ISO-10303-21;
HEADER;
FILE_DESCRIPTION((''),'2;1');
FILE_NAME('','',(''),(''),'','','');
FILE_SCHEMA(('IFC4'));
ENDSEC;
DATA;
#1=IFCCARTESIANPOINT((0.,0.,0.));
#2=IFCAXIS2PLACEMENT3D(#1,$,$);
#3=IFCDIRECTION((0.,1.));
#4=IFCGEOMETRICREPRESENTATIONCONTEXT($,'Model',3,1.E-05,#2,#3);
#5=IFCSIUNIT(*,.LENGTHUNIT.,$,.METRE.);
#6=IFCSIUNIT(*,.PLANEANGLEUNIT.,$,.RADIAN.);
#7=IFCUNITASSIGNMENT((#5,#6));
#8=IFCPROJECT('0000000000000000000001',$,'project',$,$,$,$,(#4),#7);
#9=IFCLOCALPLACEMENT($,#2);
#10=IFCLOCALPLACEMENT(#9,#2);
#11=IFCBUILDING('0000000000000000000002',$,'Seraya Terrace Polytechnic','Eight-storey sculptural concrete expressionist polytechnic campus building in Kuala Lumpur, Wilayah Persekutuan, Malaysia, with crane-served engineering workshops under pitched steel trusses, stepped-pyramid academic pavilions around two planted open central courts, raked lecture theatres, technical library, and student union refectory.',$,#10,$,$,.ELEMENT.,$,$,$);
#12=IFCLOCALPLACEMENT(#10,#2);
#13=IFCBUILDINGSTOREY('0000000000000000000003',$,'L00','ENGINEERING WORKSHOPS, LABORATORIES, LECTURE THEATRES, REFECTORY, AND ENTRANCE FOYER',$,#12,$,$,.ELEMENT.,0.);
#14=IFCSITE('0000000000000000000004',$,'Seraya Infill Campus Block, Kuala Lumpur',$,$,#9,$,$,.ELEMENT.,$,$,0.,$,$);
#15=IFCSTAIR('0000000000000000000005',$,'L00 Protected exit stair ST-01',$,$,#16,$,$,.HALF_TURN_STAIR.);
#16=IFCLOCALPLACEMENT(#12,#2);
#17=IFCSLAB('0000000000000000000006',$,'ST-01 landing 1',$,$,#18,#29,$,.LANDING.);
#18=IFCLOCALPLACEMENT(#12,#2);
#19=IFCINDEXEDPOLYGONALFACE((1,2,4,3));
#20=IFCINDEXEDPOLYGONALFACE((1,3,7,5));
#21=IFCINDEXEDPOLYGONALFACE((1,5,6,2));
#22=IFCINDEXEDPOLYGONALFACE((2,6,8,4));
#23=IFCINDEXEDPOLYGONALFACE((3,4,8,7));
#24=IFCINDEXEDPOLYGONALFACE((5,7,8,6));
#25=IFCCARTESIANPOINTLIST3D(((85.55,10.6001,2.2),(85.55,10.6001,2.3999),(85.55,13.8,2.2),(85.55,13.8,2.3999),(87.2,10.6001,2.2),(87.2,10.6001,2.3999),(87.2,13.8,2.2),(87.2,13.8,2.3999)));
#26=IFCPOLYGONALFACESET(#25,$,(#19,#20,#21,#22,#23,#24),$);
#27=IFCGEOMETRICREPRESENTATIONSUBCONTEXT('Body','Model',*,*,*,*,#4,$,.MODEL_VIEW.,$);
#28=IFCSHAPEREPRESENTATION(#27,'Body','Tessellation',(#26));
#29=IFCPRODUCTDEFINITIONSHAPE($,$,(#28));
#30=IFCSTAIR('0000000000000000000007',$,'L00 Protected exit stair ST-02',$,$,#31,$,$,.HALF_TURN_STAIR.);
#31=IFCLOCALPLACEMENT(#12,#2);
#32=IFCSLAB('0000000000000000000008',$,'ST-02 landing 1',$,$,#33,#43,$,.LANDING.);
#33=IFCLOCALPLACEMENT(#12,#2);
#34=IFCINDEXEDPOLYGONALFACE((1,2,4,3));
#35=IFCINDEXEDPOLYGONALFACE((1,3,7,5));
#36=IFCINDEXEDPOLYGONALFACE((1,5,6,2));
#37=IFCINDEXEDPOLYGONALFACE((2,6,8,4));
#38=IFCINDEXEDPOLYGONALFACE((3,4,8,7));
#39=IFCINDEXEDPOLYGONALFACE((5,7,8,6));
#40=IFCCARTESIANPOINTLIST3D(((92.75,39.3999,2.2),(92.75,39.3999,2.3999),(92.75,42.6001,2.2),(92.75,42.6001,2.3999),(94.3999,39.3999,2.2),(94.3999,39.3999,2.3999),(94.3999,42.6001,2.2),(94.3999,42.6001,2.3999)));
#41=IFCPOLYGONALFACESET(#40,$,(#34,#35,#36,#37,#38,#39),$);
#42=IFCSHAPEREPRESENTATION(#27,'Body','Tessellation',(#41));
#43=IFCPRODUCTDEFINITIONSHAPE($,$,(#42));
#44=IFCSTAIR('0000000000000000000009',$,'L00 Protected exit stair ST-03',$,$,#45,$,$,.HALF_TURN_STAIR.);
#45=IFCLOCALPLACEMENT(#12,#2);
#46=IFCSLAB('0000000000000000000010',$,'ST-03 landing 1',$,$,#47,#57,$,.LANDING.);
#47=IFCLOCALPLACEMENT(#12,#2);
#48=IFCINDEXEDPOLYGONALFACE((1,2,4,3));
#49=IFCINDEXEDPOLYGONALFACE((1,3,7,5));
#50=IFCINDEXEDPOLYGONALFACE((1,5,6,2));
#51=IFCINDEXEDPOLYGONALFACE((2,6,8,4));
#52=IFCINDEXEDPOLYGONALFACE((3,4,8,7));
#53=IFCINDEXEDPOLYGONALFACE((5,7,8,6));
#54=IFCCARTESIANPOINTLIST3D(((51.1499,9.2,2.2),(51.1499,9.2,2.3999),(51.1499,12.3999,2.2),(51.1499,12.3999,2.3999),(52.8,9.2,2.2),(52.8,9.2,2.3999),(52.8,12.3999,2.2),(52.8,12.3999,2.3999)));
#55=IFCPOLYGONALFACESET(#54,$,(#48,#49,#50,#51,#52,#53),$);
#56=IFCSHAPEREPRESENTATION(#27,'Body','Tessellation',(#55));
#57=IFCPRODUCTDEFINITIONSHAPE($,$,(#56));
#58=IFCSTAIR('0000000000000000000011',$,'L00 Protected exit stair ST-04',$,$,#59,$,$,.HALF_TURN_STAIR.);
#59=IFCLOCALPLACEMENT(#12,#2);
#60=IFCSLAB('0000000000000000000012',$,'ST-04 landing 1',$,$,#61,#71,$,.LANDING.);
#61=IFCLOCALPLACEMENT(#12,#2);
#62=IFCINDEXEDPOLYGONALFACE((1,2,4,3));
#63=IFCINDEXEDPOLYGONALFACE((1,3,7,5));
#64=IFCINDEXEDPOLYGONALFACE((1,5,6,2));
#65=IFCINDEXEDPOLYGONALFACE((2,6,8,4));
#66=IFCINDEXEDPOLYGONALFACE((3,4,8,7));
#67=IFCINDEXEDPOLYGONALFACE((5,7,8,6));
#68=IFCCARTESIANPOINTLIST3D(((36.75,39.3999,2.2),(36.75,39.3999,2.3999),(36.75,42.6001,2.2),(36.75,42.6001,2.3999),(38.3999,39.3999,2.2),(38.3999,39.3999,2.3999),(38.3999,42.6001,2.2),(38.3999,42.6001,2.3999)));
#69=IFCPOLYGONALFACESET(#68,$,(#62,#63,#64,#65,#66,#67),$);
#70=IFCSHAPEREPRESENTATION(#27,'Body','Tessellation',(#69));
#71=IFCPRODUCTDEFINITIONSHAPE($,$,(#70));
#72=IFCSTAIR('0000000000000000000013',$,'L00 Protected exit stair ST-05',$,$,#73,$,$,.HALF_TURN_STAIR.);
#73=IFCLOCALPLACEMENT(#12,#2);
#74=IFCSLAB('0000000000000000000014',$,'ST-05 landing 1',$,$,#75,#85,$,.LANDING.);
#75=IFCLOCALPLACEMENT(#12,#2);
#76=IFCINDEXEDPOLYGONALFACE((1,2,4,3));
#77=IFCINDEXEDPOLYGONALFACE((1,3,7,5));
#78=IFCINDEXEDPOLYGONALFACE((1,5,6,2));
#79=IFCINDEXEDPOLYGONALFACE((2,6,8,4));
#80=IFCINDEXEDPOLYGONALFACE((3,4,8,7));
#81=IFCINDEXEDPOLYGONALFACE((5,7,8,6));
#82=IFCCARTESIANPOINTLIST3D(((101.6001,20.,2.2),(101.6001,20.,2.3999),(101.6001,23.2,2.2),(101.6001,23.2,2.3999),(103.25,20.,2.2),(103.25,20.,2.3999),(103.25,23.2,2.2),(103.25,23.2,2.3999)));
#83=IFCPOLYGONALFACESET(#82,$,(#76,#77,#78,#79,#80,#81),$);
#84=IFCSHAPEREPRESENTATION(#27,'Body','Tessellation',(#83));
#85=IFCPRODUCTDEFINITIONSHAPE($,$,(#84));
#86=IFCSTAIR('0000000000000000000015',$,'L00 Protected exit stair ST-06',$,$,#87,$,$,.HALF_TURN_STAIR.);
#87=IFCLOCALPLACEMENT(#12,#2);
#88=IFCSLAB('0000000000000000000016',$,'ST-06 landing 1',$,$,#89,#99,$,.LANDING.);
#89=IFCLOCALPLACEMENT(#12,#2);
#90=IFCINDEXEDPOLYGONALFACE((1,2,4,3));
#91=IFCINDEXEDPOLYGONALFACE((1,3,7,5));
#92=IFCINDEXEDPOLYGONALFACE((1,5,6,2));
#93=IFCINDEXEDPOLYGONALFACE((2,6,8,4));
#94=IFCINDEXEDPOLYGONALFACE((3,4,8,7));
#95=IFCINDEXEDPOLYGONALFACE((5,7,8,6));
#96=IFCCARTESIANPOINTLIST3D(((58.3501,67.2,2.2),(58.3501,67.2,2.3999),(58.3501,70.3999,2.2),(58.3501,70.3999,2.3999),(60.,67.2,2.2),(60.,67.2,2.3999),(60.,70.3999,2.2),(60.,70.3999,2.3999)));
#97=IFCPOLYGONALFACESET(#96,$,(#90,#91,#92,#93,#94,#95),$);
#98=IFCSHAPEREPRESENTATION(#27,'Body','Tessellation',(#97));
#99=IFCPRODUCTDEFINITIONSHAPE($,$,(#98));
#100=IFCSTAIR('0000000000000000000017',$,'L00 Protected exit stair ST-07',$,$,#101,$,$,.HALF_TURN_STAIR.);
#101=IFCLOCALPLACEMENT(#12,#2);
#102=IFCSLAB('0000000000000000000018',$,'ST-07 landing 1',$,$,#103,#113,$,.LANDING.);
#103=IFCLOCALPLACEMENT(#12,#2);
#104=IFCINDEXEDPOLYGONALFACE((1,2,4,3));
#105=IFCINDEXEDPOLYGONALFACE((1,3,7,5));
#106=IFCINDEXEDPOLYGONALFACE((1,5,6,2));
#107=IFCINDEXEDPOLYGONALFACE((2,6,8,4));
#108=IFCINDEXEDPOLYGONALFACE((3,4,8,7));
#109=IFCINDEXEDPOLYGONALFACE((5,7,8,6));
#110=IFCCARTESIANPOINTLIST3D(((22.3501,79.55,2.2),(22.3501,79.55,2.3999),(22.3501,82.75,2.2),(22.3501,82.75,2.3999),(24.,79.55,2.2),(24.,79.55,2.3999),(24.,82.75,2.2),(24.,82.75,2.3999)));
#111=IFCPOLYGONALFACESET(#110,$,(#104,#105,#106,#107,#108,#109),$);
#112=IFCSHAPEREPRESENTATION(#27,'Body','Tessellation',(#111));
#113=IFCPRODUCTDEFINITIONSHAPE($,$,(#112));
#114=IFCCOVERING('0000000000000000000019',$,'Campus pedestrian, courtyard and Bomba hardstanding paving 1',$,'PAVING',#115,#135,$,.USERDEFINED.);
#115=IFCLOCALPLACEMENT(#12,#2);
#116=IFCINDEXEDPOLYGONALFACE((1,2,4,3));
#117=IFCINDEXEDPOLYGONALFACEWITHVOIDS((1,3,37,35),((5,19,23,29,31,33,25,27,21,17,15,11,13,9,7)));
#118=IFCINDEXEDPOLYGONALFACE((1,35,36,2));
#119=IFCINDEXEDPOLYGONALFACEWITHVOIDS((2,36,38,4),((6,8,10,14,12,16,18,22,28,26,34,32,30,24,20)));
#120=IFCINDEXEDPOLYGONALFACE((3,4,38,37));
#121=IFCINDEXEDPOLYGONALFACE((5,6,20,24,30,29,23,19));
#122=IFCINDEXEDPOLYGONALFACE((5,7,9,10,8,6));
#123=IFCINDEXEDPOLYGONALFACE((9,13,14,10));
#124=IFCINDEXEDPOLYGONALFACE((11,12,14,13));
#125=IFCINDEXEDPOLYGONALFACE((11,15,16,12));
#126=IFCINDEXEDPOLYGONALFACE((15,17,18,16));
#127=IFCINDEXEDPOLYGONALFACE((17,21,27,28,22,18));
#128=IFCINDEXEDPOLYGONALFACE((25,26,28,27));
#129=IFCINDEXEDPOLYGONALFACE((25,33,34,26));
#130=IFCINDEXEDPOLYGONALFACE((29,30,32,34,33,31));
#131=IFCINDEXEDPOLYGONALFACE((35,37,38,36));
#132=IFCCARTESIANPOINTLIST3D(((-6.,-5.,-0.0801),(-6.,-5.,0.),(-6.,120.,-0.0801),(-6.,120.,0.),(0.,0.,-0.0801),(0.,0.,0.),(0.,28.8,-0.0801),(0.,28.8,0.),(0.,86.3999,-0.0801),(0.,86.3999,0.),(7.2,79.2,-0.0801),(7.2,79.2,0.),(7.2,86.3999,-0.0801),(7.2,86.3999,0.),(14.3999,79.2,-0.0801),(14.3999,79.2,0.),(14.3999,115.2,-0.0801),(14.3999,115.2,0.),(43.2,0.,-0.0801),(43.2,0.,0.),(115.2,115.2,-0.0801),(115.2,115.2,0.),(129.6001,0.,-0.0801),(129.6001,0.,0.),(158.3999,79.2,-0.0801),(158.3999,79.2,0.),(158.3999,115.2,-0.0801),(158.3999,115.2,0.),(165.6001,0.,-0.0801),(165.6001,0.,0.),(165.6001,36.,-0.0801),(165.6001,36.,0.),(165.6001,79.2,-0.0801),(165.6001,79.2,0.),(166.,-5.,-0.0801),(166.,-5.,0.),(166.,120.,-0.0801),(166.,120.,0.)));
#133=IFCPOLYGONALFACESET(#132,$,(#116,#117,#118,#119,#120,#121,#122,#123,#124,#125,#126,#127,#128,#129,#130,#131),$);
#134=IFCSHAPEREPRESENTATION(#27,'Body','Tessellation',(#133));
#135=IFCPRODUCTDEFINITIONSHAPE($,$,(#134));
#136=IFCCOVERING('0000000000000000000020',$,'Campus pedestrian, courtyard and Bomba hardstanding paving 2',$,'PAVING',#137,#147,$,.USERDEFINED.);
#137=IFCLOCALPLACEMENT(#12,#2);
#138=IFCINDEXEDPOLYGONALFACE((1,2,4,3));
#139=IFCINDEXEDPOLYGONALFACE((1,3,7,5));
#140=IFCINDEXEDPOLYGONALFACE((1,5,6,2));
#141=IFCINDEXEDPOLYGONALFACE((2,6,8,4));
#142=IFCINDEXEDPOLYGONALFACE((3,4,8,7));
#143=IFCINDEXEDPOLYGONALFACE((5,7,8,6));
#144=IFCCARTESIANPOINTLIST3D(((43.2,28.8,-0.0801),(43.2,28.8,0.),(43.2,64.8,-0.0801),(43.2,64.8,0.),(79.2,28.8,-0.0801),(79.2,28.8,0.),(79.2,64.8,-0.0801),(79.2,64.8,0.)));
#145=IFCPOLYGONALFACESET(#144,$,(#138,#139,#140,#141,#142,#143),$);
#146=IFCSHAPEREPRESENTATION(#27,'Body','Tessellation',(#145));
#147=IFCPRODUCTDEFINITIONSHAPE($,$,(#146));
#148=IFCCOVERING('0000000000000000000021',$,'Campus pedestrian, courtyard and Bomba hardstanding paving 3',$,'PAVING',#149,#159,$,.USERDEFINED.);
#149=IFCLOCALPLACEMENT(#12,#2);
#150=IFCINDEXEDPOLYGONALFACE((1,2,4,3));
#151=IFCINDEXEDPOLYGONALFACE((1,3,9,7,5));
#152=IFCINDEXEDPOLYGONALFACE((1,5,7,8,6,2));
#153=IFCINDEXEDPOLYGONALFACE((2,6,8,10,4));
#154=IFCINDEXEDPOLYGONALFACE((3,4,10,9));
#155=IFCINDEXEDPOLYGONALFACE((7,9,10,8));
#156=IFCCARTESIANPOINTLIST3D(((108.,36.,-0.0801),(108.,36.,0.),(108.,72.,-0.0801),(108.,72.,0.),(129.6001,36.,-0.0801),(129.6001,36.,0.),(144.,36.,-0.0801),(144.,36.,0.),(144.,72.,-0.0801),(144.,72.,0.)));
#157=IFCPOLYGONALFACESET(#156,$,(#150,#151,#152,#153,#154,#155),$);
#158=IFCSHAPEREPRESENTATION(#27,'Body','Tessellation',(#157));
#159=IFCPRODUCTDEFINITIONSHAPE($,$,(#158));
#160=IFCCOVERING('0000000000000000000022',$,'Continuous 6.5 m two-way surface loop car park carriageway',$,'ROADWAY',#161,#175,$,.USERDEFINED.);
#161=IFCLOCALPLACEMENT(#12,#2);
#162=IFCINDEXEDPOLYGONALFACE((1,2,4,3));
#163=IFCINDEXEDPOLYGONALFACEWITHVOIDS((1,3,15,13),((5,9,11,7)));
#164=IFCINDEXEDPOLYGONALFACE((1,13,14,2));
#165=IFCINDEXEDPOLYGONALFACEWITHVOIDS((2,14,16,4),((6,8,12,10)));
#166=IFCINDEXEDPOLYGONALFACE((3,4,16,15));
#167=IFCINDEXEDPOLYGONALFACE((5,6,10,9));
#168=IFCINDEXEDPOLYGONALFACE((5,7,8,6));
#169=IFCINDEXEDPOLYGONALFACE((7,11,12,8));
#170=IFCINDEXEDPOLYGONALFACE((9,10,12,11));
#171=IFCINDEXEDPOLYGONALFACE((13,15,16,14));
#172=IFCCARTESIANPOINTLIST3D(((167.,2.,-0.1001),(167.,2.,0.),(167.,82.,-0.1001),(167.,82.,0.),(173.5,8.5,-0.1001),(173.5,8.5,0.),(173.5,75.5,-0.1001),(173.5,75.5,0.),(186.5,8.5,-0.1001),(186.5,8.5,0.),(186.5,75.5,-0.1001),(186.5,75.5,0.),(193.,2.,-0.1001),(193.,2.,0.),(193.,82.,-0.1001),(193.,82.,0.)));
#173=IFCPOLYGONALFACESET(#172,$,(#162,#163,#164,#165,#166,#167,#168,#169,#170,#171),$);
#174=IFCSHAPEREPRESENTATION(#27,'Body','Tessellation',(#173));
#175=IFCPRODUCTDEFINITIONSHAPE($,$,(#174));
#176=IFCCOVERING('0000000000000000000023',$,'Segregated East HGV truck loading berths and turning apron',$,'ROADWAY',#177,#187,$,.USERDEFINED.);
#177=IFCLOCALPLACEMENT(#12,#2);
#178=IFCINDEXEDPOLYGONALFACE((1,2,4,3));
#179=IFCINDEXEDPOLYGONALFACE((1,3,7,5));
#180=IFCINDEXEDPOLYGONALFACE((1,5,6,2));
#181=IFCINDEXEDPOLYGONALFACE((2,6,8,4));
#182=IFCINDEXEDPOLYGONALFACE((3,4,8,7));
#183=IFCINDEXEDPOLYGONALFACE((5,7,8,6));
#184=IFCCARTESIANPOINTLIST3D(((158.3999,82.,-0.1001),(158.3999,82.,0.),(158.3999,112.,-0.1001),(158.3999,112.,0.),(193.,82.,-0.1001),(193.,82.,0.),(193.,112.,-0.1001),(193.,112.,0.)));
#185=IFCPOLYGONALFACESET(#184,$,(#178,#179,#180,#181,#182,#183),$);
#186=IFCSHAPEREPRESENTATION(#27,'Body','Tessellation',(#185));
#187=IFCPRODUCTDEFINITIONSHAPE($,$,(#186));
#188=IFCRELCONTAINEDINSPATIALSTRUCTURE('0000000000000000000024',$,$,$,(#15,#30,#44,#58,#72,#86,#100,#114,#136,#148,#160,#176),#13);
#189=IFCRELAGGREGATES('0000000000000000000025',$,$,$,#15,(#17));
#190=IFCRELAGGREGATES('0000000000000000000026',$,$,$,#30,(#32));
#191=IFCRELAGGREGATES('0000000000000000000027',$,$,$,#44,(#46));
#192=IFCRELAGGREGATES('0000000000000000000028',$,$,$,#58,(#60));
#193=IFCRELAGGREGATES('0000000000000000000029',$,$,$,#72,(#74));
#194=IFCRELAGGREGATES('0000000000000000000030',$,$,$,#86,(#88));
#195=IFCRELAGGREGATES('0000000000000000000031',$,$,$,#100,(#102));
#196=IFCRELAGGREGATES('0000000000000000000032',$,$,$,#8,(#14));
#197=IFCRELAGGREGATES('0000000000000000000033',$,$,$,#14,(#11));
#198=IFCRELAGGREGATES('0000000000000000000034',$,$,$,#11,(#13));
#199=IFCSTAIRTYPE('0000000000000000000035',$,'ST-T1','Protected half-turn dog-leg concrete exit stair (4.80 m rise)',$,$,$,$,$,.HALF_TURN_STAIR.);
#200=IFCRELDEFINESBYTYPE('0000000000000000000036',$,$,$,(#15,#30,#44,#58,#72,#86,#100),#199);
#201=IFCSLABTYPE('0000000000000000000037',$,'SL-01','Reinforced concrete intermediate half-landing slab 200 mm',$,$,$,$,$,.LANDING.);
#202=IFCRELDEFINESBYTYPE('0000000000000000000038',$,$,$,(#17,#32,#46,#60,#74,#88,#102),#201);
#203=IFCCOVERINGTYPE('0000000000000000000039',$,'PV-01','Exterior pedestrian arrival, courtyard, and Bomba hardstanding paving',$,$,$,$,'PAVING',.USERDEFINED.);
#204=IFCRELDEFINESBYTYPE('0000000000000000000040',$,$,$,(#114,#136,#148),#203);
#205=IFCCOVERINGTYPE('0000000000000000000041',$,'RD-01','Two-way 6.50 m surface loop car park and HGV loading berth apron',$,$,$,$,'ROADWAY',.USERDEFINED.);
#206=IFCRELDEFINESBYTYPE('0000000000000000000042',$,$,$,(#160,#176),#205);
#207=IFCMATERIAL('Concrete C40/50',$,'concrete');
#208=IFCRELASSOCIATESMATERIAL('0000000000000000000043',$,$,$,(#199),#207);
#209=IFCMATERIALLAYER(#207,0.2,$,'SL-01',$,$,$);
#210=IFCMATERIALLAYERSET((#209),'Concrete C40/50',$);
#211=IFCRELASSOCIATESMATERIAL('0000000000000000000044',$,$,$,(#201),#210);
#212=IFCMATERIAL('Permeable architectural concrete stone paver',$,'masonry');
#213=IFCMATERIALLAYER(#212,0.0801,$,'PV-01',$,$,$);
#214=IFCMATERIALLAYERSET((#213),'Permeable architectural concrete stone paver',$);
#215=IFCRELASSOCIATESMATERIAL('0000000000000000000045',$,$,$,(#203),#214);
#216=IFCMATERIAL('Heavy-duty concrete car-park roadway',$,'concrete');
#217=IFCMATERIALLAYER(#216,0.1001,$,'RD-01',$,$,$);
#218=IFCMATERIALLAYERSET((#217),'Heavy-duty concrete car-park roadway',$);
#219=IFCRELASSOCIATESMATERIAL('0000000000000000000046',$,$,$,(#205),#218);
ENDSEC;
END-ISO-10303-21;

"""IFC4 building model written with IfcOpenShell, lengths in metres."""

from ifc_helpers import new_model, si_unit, direction, frame, origin, place, context, subcontext, project, spatial, polyline, outline, extrude, material, layer, layer_set, type_object, element, aggregate, save


model = new_model("IFC4")

# Units and contexts
model_context = context("Model", 3, precision=1e-05, world=origin(), true_north=direction((0.0, 1.0)))
body_context = subcontext(model_context, "Body", "Model", "MODEL_VIEW")
ifc_project = project(units=[si_unit("LENGTHUNIT", "METRE"), si_unit("PLANEANGLEUNIT", "RADIAN")], contexts=[model_context])

# Site, building, storey
site_placement = place(None, origin())
site = spatial("IfcSite", under=ifc_project, at=site_placement, Name="Seraya Infill Campus Block, Kuala Lumpur", CompositionType="ELEMENT", RefElevation=0.0)
building_placement = place(site_placement, origin())
building = spatial("IfcBuilding", under=site, at=building_placement, Name="Seraya Terrace Polytechnic", Description="Eight-storey sculptural concrete expressionist polytechnic campus building in Kuala Lumpur, Wilayah Persekutuan, Malaysia, with crane-served engineering workshops under pitched steel trusses, stepped-pyramid academic pavilions around two planted open central courts, raked lecture theatres, technical library, and student union refectory.", CompositionType="ELEMENT")
storey_placement = place(building_placement, origin())
storey = spatial("IfcBuildingStorey", under=building, at=storey_placement, Name="L00", Description="ENGINEERING WORKSHOPS, LABORATORIES, LECTURE THEATRES, REFECTORY, AND ENTRANCE FOYER", CompositionType="ELEMENT", Elevation=0.0)

# Shared definitions
ifc_material_1 = material(Name="Concrete C40/50", Category="concrete")

# Stairs, slabs
stair_type = type_object("IfcStairType", Name="ST-T1", Description="Protected half-turn dog-leg concrete exit stair (4.80 m rise)", PredefinedType="HALF_TURN_STAIR", material=ifc_material_1)
stair_1_placement = place(storey_placement, origin())
stair_1 = element("IfcStair", 1, at=stair_1_placement, inside=storey, type_object=stair_type, Name="L00 Protected exit stair ST-01", PredefinedType="HALF_TURN_STAIR")
ifc_layer_1 = layer(ifc_material_1, 0.2, Name="SL-01")
ifc_layer_set_1 = layer_set([ifc_layer_1], Name="Concrete C40/50")
slab_type_1 = type_object("IfcSlabType", Name="SL-01", Description="Reinforced concrete intermediate half-landing slab 200 mm", PredefinedType="LANDING", material=ifc_layer_set_1)
slab_1_placement = place(storey_placement, frame((0.0, 0.0, 2.2)))
slab_1 = element("IfcSlab", 2, at=slab_1_placement, type_object=slab_type_1, Name="ST-01 landing 1", PredefinedType="LANDING", context=body_context, shape_type="SweptSolid", body=[
    extrude(outline(polyline([(85.55, 10.6001), (87.2, 10.6001), (87.2, 13.8), (85.55, 13.8), (85.55, 10.6001)])), origin(), (0.0, 0.0, 1.0), 0.2),
])
aggregate(stair_1, [slab_1])
stair_2_placement = place(storey_placement, origin())
stair_2 = element("IfcStair", 3, at=stair_2_placement, inside=storey, type_object=stair_type, Name="L00 Protected exit stair ST-02", PredefinedType="HALF_TURN_STAIR")
slab_2_placement = place(storey_placement, frame((0.0, 0.0, 2.2)))
slab_2 = element("IfcSlab", 4, at=slab_2_placement, type_object=slab_type_1, Name="ST-02 landing 1", PredefinedType="LANDING", context=body_context, shape_type="SweptSolid", body=[
    extrude(outline(polyline([(92.75, 39.3999), (94.3999, 39.3999), (94.3999, 42.6001), (92.75, 42.6001), (92.75, 39.3999)])), origin(), (0.0, 0.0, 1.0), 0.2),
])
aggregate(stair_2, [slab_2])
stair_3_placement = place(storey_placement, origin())
stair_3 = element("IfcStair", 5, at=stair_3_placement, inside=storey, type_object=stair_type, Name="L00 Protected exit stair ST-03", PredefinedType="HALF_TURN_STAIR")
slab_3_placement = place(storey_placement, frame((0.0, 0.0, 2.2)))
slab_3 = element("IfcSlab", 6, at=slab_3_placement, type_object=slab_type_1, Name="ST-03 landing 1", PredefinedType="LANDING", context=body_context, shape_type="SweptSolid", body=[
    extrude(outline(polyline([(51.1499, 9.2), (52.8, 9.2), (52.8, 12.3999), (51.1499, 12.3999), (51.1499, 9.2)])), origin(), (0.0, 0.0, 1.0), 0.2),
])
aggregate(stair_3, [slab_3])
stair_4_placement = place(storey_placement, origin())
stair_4 = element("IfcStair", 7, at=stair_4_placement, inside=storey, type_object=stair_type, Name="L00 Protected exit stair ST-04", PredefinedType="HALF_TURN_STAIR")
slab_4_placement = place(storey_placement, frame((0.0, 0.0, 2.2)))
slab_4 = element("IfcSlab", 8, at=slab_4_placement, type_object=slab_type_1, Name="ST-04 landing 1", PredefinedType="LANDING", context=body_context, shape_type="SweptSolid", body=[
    extrude(outline(polyline([(36.75, 39.3999), (38.3999, 39.3999), (38.3999, 42.6001), (36.75, 42.6001), (36.75, 39.3999)])), origin(), (0.0, 0.0, 1.0), 0.2),
])
aggregate(stair_4, [slab_4])
stair_5_placement = place(storey_placement, origin())
stair_5 = element("IfcStair", 9, at=stair_5_placement, inside=storey, type_object=stair_type, Name="L00 Protected exit stair ST-05", PredefinedType="HALF_TURN_STAIR")
slab_5_placement = place(storey_placement, frame((0.0, 0.0, 2.2)))
slab_5 = element("IfcSlab", 10, at=slab_5_placement, type_object=slab_type_1, Name="ST-05 landing 1", PredefinedType="LANDING", context=body_context, shape_type="SweptSolid", body=[
    extrude(outline(polyline([(101.6001, 20.0), (103.25, 20.0), (103.25, 23.2), (101.6001, 23.2), (101.6001, 20.0)])), origin(), (0.0, 0.0, 1.0), 0.2),
])
aggregate(stair_5, [slab_5])
stair_6_placement = place(storey_placement, origin())
stair_6 = element("IfcStair", 11, at=stair_6_placement, inside=storey, type_object=stair_type, Name="L00 Protected exit stair ST-06", PredefinedType="HALF_TURN_STAIR")
slab_6_placement = place(storey_placement, frame((0.0, 0.0, 2.2)))
slab_6 = element("IfcSlab", 12, at=slab_6_placement, type_object=slab_type_1, Name="ST-06 landing 1", PredefinedType="LANDING", context=body_context, shape_type="SweptSolid", body=[
    extrude(outline(polyline([(58.3501, 67.2), (60.0, 67.2), (60.0, 70.3999), (58.3501, 70.3999), (58.3501, 67.2)])), origin(), (0.0, 0.0, 1.0), 0.2),
])
aggregate(stair_6, [slab_6])
stair_7_placement = place(storey_placement, origin())
stair_7 = element("IfcStair", 13, at=stair_7_placement, inside=storey, type_object=stair_type, Name="L00 Protected exit stair ST-07", PredefinedType="HALF_TURN_STAIR")
slab_7_placement = place(storey_placement, frame((0.0, 0.0, 2.2)))
slab_7 = element("IfcSlab", 14, at=slab_7_placement, type_object=slab_type_1, Name="ST-07 landing 1", PredefinedType="LANDING", context=body_context, shape_type="SweptSolid", body=[
    extrude(outline(polyline([(22.3501, 79.55), (24.0, 79.55), (24.0, 82.75), (22.3501, 82.75), (22.3501, 79.55)])), origin(), (0.0, 0.0, 1.0), 0.2),
])
aggregate(stair_7, [slab_7])

# Coverings
ifc_material_2 = material(Name="Permeable architectural concrete stone paver", Category="masonry")
ifc_layer_2 = layer(ifc_material_2, 0.0801, Name="PV-01")
ifc_layer_set_2 = layer_set([ifc_layer_2], Name="Permeable architectural concrete stone paver")
covering_type_1 = type_object("IfcCoveringType", Name="PV-01", Description="Exterior pedestrian arrival, courtyard, and Bomba hardstanding paving", ElementType="PAVING", PredefinedType="USERDEFINED", material=ifc_layer_set_2)
covering_1_placement = place(storey_placement, frame((0.0, 0.0, -0.0801)))
element("IfcCovering", 15, at=covering_1_placement, inside=storey, type_object=covering_type_1, Name="Campus pedestrian, courtyard and Bomba hardstanding paving 1", ObjectType="PAVING", PredefinedType="USERDEFINED", context=body_context, shape_type="SweptSolid", body=[
    extrude(outline(polyline([(-6.0, -5.0), (-6.0, 120.0), (166.0, 120.0), (166.0, -5.0), (-6.0, -5.0)]), holes=[polyline([(0.0, 28.8), (0.0, 0.0), (43.2, 0.0), (129.6001, 0.0), (165.6001, 0.0), (165.6001, 36.0), (165.6001, 79.2), (158.3999, 79.2), (158.3999, 115.2), (115.2, 115.2), (14.3999, 115.2), (14.3999, 79.2), (7.2, 79.2), (7.2, 86.3999), (0.0, 86.3999), (0.0, 28.8)])]), origin(), (0.0, 0.0, 1.0), 0.0801),
])
covering_2_placement = place(storey_placement, frame((0.0, 0.0, -0.0801)))
element("IfcCovering", 16, at=covering_2_placement, inside=storey, type_object=covering_type_1, Name="Campus pedestrian, courtyard and Bomba hardstanding paving 2", ObjectType="PAVING", PredefinedType="USERDEFINED", context=body_context, shape_type="SweptSolid", body=[
    extrude(outline(polyline([(79.2, 64.8), (79.2, 28.8), (43.2, 28.8), (43.2, 64.8), (79.2, 64.8)])), origin(), (0.0, 0.0, 1.0), 0.0801),
])
covering_3_placement = place(storey_placement, frame((0.0, 0.0, -0.0801)))
element("IfcCovering", 17, at=covering_3_placement, inside=storey, type_object=covering_type_1, Name="Campus pedestrian, courtyard and Bomba hardstanding paving 3", ObjectType="PAVING", PredefinedType="USERDEFINED", context=body_context, shape_type="SweptSolid", body=[
    extrude(outline(polyline([(108.0, 36.0), (108.0, 72.0), (144.0, 72.0), (144.0, 36.0), (129.6001, 36.0), (108.0, 36.0)])), origin(), (0.0, 0.0, 1.0), 0.0801),
])
ifc_material_3 = material(Name="Heavy-duty concrete car-park roadway", Category="concrete")
ifc_layer_3 = layer(ifc_material_3, 0.1001, Name="RD-01")
ifc_layer_set_3 = layer_set([ifc_layer_3], Name="Heavy-duty concrete car-park roadway")
covering_type_2 = type_object("IfcCoveringType", Name="RD-01", Description="Two-way 6.50 m surface loop car park and HGV loading berth apron", ElementType="ROADWAY", PredefinedType="USERDEFINED", material=ifc_layer_set_3)
covering_4_placement = place(storey_placement, frame((0.0, 0.0, -0.1001)))
element("IfcCovering", 18, at=covering_4_placement, inside=storey, type_object=covering_type_2, Name="Continuous 6.5 m two-way surface loop car park carriageway", ObjectType="ROADWAY", PredefinedType="USERDEFINED", context=body_context, shape_type="SweptSolid", body=[
    extrude(outline(polyline([(167.0, 2.0), (167.0, 82.0), (193.0, 82.0), (193.0, 2.0), (167.0, 2.0)]), holes=[polyline([(186.5, 75.5), (173.5, 75.5), (173.5, 8.5), (186.5, 8.5), (186.5, 75.5)])]), origin(), (0.0, 0.0, 1.0), 0.1001),
])
covering_5_placement = place(storey_placement, frame((0.0, 0.0, -0.1001)))
element("IfcCovering", 19, at=covering_5_placement, inside=storey, type_object=covering_type_2, Name="Segregated East HGV truck loading berths and turning apron", ObjectType="ROADWAY", PredefinedType="USERDEFINED", context=body_context, shape_type="SweptSolid", body=[
    extrude(outline(polyline([(158.3999, 82.0), (193.0, 82.0), (193.0, 112.0), (158.3999, 112.0), (158.3999, 82.0)])), origin(), (0.0, 0.0, 1.0), 0.1001),
])

save(model, "model.ifc")
